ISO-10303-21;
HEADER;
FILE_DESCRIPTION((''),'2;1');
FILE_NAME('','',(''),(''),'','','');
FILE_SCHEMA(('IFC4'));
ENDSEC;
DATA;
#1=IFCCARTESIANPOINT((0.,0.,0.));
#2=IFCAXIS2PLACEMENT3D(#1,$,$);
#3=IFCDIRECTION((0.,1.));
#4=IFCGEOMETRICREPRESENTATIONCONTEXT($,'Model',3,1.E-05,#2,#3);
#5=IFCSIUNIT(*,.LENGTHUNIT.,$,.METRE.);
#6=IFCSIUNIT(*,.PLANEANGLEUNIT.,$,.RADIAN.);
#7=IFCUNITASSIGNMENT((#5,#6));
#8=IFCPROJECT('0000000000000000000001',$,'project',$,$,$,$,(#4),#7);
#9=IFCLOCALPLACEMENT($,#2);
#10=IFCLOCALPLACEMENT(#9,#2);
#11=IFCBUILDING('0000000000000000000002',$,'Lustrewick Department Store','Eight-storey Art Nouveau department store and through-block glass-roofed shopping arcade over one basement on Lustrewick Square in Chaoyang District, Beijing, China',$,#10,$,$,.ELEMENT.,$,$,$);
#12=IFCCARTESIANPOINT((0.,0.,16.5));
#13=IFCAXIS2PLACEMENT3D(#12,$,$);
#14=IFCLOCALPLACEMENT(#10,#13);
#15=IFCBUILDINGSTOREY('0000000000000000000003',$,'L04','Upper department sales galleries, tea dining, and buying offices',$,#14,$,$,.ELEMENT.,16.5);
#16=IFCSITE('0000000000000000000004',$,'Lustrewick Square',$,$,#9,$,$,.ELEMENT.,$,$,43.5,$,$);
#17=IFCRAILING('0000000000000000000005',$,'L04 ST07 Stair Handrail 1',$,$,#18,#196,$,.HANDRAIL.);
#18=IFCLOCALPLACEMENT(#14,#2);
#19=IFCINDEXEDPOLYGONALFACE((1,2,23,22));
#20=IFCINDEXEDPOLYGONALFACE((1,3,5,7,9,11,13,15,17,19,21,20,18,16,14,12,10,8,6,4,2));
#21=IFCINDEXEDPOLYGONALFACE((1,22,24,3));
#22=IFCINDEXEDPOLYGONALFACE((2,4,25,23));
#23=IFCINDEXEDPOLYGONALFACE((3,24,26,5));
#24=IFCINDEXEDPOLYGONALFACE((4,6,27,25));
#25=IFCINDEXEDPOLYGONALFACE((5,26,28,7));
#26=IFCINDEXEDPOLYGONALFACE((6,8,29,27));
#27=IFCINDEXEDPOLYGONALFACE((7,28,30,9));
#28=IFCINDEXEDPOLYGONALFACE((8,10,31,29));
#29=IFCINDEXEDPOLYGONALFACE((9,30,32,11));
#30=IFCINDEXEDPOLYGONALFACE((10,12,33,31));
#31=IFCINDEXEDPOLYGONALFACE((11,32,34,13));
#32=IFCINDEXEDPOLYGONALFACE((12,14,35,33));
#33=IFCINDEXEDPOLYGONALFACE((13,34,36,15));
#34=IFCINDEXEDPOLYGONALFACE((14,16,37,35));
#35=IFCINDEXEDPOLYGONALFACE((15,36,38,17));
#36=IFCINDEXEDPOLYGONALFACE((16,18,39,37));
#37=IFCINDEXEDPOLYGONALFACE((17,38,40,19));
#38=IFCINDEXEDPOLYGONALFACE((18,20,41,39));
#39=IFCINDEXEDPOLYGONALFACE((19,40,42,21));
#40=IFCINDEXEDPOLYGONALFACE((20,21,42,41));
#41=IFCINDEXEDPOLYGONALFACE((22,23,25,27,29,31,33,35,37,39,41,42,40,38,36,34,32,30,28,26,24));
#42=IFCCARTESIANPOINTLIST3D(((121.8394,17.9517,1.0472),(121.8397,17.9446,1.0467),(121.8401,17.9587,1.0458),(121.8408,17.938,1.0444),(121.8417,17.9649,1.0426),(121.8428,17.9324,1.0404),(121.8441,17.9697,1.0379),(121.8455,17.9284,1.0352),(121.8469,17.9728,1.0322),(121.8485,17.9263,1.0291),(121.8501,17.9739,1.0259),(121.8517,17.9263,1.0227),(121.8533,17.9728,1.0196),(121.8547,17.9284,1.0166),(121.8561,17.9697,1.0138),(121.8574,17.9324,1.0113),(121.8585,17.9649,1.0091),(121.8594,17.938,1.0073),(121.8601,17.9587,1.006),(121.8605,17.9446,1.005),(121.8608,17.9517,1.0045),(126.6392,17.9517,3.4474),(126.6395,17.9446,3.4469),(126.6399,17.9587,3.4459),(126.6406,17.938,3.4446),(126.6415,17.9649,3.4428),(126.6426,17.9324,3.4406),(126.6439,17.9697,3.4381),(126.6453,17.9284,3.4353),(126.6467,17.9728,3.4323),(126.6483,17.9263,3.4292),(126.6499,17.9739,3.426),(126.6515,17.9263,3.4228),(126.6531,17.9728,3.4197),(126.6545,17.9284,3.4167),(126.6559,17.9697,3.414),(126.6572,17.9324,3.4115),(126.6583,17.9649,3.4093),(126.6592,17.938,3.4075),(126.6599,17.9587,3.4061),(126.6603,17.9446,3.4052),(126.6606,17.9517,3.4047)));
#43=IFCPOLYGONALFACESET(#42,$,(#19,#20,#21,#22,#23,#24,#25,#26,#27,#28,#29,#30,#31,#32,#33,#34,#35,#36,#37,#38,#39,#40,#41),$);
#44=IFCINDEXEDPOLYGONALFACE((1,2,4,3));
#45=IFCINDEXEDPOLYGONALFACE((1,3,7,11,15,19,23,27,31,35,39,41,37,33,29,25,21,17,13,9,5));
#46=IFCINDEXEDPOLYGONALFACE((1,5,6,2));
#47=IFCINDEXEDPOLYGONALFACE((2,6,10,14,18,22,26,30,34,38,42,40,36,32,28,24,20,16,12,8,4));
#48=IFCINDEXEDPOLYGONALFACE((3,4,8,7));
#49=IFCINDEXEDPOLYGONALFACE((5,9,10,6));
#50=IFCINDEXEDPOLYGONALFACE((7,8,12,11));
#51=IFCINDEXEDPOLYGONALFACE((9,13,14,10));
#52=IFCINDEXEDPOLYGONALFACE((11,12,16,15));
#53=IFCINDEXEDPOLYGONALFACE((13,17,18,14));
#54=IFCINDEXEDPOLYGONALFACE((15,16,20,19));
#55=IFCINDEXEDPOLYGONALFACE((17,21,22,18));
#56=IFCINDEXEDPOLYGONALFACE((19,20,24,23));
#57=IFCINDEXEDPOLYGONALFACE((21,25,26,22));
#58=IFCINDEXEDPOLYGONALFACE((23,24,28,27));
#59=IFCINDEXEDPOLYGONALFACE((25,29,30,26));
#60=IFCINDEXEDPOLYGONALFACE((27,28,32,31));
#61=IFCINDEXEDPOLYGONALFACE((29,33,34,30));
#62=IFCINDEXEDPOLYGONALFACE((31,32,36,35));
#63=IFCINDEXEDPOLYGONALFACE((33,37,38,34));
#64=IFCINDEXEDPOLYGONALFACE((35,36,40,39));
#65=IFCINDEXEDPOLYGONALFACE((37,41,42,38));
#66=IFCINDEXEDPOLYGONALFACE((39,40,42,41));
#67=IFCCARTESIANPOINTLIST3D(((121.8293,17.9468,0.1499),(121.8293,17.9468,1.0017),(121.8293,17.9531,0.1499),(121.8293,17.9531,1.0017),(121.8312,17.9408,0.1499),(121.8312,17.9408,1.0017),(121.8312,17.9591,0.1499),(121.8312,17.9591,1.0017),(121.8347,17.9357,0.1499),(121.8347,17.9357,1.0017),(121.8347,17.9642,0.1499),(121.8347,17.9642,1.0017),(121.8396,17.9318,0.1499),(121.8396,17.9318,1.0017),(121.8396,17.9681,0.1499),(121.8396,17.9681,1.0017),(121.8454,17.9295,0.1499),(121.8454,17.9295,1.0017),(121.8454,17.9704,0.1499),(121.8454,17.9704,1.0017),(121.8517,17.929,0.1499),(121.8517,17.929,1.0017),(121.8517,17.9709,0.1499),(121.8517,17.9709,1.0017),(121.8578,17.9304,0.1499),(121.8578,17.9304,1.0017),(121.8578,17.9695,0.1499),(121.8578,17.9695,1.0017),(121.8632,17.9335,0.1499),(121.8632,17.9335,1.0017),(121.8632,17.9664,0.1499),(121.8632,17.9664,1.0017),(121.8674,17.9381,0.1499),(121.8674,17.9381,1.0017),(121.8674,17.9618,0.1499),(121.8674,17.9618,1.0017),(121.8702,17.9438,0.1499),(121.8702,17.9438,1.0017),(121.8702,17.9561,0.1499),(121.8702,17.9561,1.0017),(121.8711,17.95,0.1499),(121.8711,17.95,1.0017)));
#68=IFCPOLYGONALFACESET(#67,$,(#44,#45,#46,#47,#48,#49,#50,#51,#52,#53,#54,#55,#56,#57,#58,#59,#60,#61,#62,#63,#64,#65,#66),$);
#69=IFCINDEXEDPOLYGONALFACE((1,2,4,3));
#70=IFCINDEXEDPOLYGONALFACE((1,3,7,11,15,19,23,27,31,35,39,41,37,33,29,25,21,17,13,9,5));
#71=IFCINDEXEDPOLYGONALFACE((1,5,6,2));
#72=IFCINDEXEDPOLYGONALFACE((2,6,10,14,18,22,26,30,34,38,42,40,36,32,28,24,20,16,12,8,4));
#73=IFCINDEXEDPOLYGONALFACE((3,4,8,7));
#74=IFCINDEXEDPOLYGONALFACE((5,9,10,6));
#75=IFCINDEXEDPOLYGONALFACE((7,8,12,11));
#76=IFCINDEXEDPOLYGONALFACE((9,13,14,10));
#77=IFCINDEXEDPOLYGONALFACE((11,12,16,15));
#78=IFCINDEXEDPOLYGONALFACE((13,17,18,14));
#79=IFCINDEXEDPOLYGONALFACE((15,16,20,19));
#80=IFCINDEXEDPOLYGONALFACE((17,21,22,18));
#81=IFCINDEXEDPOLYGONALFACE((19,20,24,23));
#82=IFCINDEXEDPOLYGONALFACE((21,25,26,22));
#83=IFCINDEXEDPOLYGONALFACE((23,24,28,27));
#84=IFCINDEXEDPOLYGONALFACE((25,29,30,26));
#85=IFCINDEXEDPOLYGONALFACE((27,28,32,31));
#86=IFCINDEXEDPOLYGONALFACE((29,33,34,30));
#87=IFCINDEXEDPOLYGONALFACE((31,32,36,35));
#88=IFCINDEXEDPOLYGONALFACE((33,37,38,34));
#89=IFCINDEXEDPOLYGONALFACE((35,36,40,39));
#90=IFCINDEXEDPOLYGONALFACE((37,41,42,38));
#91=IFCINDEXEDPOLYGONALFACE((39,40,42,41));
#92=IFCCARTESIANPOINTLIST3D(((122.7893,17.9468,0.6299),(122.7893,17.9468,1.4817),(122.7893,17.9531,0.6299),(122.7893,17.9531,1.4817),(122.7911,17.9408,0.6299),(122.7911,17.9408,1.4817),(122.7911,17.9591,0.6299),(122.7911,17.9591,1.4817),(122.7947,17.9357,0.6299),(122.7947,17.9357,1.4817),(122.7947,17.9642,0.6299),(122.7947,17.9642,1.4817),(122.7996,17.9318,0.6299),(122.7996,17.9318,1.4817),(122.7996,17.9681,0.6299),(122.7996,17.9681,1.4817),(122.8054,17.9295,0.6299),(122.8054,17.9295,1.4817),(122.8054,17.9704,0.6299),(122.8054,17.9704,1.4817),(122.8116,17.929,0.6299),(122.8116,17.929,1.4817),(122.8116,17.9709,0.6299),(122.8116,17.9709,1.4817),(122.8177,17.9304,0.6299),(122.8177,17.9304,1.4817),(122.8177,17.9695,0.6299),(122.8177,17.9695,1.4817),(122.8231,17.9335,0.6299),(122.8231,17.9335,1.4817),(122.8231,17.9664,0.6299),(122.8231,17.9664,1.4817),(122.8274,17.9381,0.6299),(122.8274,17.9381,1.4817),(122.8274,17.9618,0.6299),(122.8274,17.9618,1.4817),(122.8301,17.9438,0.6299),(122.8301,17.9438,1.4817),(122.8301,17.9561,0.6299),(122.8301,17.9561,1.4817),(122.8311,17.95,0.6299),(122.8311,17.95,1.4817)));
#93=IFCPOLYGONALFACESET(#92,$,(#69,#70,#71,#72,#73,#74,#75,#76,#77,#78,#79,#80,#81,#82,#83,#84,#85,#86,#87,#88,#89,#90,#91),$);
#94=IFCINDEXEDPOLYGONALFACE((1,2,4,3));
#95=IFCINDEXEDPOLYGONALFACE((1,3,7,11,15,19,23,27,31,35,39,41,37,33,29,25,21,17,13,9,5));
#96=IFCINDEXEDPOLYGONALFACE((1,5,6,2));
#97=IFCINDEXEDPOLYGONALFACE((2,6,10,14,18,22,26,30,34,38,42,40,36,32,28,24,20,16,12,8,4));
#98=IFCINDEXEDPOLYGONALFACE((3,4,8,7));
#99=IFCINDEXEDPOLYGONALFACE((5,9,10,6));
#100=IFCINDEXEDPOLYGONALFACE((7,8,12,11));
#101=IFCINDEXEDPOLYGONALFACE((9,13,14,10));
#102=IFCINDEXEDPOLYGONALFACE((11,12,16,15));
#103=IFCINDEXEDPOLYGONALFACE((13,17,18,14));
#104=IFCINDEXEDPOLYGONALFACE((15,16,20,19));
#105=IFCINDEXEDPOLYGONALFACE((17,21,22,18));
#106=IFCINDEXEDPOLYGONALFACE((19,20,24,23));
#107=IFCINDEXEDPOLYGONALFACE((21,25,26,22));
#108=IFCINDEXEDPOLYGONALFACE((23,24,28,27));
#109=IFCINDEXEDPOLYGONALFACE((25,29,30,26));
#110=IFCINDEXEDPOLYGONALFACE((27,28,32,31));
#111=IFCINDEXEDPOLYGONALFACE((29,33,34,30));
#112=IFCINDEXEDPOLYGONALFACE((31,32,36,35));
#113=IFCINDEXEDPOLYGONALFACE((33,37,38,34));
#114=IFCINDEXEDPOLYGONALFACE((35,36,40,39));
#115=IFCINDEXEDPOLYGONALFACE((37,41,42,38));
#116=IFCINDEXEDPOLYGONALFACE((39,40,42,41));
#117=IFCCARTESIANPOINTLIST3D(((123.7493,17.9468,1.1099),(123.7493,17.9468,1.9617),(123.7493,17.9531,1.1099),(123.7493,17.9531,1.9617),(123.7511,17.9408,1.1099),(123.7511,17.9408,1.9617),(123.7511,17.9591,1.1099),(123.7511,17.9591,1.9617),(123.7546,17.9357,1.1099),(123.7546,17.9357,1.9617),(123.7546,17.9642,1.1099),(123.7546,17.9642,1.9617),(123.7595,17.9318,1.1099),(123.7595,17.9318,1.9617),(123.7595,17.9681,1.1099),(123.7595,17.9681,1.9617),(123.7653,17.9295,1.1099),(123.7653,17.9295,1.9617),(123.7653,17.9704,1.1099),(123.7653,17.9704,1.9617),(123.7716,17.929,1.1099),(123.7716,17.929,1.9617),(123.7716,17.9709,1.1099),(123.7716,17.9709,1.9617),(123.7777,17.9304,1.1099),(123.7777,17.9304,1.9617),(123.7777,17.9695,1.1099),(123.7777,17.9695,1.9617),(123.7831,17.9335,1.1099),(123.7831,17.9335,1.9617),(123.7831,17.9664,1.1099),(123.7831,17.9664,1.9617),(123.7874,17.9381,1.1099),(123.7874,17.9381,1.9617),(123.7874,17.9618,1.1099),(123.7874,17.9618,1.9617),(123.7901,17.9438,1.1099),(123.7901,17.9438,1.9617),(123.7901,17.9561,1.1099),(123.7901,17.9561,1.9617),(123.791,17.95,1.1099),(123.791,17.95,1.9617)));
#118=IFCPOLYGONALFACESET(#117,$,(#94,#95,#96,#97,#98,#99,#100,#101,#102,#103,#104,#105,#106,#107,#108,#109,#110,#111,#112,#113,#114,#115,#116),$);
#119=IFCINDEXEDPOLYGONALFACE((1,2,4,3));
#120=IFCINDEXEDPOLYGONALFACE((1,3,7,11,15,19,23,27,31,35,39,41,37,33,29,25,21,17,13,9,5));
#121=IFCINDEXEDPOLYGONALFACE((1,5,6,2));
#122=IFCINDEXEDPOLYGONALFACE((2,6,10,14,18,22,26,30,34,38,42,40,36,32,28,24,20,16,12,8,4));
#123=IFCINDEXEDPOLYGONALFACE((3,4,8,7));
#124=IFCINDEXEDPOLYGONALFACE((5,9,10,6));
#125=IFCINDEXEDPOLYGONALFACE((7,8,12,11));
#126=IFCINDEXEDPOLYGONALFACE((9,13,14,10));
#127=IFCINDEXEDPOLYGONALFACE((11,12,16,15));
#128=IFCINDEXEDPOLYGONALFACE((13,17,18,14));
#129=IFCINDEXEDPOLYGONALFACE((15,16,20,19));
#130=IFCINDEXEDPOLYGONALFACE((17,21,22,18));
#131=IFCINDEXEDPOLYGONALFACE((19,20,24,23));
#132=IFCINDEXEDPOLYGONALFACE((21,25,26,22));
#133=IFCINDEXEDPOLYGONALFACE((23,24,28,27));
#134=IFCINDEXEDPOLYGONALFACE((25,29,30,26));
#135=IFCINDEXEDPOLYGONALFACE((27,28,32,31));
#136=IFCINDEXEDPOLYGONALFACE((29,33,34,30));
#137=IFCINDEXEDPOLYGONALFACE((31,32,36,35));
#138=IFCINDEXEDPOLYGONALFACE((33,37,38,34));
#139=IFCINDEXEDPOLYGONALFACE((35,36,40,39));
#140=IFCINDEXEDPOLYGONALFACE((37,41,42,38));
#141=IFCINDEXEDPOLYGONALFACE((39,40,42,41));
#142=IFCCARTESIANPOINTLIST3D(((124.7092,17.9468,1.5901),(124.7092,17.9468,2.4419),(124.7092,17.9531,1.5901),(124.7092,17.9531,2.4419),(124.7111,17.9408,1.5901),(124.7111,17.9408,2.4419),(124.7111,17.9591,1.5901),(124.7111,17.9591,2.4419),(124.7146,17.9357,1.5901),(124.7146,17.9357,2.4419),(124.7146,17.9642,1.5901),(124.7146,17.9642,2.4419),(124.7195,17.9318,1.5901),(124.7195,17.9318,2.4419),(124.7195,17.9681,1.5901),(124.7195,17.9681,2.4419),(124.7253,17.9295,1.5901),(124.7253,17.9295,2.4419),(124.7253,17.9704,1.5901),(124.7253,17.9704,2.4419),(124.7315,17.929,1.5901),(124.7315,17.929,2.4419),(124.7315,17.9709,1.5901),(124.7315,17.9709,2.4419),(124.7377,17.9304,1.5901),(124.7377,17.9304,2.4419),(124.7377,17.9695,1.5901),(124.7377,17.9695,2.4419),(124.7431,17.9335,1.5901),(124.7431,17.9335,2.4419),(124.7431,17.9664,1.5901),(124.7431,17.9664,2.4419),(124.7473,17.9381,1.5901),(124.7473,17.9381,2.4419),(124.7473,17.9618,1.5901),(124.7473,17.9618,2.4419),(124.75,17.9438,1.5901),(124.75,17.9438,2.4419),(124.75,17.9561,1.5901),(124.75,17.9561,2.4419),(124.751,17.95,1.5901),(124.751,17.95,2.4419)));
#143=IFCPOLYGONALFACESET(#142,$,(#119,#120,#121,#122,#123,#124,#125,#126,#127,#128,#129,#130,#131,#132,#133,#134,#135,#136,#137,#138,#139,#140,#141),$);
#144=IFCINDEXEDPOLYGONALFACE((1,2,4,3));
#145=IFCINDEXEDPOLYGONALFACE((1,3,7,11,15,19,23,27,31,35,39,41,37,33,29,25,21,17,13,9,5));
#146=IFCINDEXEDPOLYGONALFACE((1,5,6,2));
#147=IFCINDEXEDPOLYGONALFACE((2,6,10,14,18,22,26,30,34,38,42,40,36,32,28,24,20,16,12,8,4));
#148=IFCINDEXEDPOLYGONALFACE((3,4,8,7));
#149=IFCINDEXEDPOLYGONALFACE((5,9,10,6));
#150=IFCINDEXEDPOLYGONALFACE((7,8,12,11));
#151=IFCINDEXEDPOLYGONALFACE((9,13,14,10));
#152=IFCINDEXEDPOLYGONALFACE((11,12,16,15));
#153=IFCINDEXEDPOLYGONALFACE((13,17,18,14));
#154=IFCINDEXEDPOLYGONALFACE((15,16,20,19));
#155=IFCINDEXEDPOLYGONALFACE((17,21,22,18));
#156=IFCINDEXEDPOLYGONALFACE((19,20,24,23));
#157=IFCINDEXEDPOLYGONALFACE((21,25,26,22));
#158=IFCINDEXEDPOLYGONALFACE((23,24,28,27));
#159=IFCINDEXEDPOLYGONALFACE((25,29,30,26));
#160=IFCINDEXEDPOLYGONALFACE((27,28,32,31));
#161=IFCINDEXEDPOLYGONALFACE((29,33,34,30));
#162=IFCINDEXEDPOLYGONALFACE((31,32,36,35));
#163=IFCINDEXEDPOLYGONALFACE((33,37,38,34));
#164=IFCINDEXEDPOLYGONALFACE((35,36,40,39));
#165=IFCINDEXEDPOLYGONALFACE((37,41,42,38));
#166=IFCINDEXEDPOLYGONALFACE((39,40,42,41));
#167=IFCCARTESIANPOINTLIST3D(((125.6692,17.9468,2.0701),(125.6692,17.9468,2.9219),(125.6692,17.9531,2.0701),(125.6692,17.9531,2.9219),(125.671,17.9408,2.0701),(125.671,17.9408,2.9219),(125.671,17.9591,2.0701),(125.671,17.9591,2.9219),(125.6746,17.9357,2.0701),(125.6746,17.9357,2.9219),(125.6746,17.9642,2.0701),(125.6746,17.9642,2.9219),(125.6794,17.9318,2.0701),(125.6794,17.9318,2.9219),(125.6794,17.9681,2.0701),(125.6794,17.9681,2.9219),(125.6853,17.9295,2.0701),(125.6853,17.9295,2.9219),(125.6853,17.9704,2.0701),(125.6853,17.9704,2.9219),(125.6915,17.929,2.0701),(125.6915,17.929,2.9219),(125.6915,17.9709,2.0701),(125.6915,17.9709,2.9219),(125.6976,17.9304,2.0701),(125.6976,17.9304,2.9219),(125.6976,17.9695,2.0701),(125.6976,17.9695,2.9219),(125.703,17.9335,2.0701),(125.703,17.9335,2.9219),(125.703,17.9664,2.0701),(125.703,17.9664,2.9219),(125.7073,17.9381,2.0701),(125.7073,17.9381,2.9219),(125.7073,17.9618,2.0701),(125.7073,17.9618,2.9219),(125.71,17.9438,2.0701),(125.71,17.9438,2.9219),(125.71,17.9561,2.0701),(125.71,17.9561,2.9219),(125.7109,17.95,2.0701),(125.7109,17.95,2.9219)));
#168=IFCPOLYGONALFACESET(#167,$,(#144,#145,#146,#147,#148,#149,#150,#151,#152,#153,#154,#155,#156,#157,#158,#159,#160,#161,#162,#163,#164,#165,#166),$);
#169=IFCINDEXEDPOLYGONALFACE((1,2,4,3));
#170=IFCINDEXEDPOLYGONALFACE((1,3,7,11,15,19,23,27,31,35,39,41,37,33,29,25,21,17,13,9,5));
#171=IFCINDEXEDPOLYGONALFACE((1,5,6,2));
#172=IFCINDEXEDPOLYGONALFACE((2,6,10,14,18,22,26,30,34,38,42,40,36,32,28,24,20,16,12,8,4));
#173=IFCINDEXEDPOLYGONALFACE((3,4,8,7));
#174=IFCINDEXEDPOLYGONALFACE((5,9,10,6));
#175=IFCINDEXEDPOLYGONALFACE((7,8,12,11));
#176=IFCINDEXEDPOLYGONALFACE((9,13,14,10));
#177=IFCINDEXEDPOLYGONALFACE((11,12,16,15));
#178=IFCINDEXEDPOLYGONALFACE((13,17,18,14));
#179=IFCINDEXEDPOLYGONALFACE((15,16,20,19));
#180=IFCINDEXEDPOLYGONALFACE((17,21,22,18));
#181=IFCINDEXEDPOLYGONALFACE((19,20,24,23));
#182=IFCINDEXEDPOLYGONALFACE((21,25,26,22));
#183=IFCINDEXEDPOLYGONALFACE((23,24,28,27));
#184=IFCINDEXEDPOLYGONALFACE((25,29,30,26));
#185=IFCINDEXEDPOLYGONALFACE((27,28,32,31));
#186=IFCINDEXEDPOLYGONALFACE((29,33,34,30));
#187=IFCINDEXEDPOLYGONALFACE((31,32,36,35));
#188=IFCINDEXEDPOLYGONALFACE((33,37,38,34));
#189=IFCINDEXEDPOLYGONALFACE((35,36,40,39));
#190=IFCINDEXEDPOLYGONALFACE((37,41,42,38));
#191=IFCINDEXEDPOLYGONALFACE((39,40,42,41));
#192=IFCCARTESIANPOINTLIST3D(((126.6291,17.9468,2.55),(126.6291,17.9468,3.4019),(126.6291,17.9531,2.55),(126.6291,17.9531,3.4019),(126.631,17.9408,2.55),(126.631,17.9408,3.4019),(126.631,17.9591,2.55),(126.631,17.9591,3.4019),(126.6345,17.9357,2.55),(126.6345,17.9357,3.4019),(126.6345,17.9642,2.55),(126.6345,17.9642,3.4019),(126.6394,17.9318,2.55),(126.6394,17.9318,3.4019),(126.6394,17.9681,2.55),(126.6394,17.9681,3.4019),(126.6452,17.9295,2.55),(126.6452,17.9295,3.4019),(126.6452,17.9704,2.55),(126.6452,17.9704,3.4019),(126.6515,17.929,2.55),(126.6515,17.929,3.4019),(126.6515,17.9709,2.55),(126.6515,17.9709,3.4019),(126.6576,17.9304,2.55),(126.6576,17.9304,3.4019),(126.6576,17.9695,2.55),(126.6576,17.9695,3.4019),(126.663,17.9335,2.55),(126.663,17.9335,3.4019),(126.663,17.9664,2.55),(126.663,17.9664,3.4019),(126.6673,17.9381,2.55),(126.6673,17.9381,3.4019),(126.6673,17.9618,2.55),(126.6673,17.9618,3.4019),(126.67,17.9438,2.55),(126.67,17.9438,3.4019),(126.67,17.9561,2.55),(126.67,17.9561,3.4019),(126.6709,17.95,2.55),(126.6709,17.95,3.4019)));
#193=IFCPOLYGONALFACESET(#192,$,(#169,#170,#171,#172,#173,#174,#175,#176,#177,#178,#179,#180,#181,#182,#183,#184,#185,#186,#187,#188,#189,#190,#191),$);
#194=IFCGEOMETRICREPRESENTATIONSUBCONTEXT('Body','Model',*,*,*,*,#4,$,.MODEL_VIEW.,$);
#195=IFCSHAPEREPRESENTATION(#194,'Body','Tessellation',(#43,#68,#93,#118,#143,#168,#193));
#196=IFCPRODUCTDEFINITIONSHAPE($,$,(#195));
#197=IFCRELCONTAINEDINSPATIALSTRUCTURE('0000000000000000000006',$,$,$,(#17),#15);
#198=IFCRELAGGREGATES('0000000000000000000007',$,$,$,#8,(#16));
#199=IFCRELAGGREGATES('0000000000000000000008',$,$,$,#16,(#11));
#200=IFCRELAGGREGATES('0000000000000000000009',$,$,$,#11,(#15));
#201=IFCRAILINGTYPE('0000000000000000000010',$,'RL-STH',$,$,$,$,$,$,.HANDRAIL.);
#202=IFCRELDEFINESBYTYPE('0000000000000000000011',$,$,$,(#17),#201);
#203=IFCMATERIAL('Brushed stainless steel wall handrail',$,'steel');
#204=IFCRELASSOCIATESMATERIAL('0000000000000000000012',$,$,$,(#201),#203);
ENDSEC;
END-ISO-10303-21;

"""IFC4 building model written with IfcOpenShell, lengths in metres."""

from ifc_helpers import new_model, si_unit, direction, frame, origin, origin_2d, place, context, subcontext, project, spatial, circle, extrude, material, type_object, element, save


model = new_model("IFC4")

# Units and contexts
model_context = context("Model", 3, precision=1e-05, world=origin(), true_north=direction((0.0, 1.0)))
body_context = subcontext(model_context, "Body", "Model", "MODEL_VIEW")
ifc_project = project(units=[si_unit("LENGTHUNIT", "METRE"), si_unit("PLANEANGLEUNIT", "RADIAN")], contexts=[model_context])

# Site, building, storey
site_placement = place(None, origin())
site = spatial("IfcSite", under=ifc_project, at=site_placement, Name="Lustrewick Square", CompositionType="ELEMENT", RefElevation=43.5)
building_placement = place(site_placement, origin())
building = spatial("IfcBuilding", under=site, at=building_placement, Name="Lustrewick Department Store", Description="Eight-storey Art Nouveau department store and through-block glass-roofed shopping arcade over one basement on Lustrewick Square in Chaoyang District, Beijing, China", CompositionType="ELEMENT")
storey_placement = place(building_placement, frame((0.0, 0.0, 16.5)))
storey = spatial("IfcBuildingStorey", under=building, at=storey_placement, Name="L04", Description="Upper department sales galleries, tea dining, and buying offices", CompositionType="ELEMENT", Elevation=16.5)

# Railing
ifc_material_1 = material(Name="Brushed stainless steel wall handrail", Category="steel")
railing_type_1 = type_object("IfcRailingType", Name="RL-STH", PredefinedType="HANDRAIL", material=ifc_material_1)
railing_1_placement = place(storey_placement, frame((121.8501, 17.95, 0.1499)))
element("IfcRailing", 1, at=railing_1_placement, inside=storey, type_object=railing_type_1, Name="L04 ST07 Stair Handrail 1", PredefinedType="HANDRAIL", context=body_context, shape_type="SweptSolid", body=[
    extrude(circle(Radius=0.0239, at=origin_2d()), frame((0.0, 0.0, 0.876), z_axis=(0.894409, 0.0, 0.44725), x_axis=(0.0, 1.0, 0.0)), (0.0, 0.0, 1.0), 5.3665),
    extrude(circle(Radius=0.021, at=origin_2d()), origin(), (0.0, 0.0, 1.0), 0.8518),
    extrude(circle(Radius=0.021, at=origin_2d()), frame((0.96, 0.0, 0.48)), (0.0, 0.0, 1.0), 0.8518),
    extrude(circle(Radius=0.021, at=origin_2d()), frame((1.9199, 0.0, 0.96)), (0.0, 0.0, 1.0), 0.8518),
    extrude(circle(Radius=0.021, at=origin_2d()), frame((2.8799, 0.0, 1.4402)), (0.0, 0.0, 1.0), 0.8518),
    extrude(circle(Radius=0.021, at=origin_2d()), frame((3.8398, 0.0, 1.9202)), (0.0, 0.0, 1.0), 0.8518),
    extrude(circle(Radius=0.021, at=origin_2d()), frame((4.7998, 0.0, 2.4001)), (0.0, 0.0, 1.0), 0.8518),
])

save(model, "model.ifc")
